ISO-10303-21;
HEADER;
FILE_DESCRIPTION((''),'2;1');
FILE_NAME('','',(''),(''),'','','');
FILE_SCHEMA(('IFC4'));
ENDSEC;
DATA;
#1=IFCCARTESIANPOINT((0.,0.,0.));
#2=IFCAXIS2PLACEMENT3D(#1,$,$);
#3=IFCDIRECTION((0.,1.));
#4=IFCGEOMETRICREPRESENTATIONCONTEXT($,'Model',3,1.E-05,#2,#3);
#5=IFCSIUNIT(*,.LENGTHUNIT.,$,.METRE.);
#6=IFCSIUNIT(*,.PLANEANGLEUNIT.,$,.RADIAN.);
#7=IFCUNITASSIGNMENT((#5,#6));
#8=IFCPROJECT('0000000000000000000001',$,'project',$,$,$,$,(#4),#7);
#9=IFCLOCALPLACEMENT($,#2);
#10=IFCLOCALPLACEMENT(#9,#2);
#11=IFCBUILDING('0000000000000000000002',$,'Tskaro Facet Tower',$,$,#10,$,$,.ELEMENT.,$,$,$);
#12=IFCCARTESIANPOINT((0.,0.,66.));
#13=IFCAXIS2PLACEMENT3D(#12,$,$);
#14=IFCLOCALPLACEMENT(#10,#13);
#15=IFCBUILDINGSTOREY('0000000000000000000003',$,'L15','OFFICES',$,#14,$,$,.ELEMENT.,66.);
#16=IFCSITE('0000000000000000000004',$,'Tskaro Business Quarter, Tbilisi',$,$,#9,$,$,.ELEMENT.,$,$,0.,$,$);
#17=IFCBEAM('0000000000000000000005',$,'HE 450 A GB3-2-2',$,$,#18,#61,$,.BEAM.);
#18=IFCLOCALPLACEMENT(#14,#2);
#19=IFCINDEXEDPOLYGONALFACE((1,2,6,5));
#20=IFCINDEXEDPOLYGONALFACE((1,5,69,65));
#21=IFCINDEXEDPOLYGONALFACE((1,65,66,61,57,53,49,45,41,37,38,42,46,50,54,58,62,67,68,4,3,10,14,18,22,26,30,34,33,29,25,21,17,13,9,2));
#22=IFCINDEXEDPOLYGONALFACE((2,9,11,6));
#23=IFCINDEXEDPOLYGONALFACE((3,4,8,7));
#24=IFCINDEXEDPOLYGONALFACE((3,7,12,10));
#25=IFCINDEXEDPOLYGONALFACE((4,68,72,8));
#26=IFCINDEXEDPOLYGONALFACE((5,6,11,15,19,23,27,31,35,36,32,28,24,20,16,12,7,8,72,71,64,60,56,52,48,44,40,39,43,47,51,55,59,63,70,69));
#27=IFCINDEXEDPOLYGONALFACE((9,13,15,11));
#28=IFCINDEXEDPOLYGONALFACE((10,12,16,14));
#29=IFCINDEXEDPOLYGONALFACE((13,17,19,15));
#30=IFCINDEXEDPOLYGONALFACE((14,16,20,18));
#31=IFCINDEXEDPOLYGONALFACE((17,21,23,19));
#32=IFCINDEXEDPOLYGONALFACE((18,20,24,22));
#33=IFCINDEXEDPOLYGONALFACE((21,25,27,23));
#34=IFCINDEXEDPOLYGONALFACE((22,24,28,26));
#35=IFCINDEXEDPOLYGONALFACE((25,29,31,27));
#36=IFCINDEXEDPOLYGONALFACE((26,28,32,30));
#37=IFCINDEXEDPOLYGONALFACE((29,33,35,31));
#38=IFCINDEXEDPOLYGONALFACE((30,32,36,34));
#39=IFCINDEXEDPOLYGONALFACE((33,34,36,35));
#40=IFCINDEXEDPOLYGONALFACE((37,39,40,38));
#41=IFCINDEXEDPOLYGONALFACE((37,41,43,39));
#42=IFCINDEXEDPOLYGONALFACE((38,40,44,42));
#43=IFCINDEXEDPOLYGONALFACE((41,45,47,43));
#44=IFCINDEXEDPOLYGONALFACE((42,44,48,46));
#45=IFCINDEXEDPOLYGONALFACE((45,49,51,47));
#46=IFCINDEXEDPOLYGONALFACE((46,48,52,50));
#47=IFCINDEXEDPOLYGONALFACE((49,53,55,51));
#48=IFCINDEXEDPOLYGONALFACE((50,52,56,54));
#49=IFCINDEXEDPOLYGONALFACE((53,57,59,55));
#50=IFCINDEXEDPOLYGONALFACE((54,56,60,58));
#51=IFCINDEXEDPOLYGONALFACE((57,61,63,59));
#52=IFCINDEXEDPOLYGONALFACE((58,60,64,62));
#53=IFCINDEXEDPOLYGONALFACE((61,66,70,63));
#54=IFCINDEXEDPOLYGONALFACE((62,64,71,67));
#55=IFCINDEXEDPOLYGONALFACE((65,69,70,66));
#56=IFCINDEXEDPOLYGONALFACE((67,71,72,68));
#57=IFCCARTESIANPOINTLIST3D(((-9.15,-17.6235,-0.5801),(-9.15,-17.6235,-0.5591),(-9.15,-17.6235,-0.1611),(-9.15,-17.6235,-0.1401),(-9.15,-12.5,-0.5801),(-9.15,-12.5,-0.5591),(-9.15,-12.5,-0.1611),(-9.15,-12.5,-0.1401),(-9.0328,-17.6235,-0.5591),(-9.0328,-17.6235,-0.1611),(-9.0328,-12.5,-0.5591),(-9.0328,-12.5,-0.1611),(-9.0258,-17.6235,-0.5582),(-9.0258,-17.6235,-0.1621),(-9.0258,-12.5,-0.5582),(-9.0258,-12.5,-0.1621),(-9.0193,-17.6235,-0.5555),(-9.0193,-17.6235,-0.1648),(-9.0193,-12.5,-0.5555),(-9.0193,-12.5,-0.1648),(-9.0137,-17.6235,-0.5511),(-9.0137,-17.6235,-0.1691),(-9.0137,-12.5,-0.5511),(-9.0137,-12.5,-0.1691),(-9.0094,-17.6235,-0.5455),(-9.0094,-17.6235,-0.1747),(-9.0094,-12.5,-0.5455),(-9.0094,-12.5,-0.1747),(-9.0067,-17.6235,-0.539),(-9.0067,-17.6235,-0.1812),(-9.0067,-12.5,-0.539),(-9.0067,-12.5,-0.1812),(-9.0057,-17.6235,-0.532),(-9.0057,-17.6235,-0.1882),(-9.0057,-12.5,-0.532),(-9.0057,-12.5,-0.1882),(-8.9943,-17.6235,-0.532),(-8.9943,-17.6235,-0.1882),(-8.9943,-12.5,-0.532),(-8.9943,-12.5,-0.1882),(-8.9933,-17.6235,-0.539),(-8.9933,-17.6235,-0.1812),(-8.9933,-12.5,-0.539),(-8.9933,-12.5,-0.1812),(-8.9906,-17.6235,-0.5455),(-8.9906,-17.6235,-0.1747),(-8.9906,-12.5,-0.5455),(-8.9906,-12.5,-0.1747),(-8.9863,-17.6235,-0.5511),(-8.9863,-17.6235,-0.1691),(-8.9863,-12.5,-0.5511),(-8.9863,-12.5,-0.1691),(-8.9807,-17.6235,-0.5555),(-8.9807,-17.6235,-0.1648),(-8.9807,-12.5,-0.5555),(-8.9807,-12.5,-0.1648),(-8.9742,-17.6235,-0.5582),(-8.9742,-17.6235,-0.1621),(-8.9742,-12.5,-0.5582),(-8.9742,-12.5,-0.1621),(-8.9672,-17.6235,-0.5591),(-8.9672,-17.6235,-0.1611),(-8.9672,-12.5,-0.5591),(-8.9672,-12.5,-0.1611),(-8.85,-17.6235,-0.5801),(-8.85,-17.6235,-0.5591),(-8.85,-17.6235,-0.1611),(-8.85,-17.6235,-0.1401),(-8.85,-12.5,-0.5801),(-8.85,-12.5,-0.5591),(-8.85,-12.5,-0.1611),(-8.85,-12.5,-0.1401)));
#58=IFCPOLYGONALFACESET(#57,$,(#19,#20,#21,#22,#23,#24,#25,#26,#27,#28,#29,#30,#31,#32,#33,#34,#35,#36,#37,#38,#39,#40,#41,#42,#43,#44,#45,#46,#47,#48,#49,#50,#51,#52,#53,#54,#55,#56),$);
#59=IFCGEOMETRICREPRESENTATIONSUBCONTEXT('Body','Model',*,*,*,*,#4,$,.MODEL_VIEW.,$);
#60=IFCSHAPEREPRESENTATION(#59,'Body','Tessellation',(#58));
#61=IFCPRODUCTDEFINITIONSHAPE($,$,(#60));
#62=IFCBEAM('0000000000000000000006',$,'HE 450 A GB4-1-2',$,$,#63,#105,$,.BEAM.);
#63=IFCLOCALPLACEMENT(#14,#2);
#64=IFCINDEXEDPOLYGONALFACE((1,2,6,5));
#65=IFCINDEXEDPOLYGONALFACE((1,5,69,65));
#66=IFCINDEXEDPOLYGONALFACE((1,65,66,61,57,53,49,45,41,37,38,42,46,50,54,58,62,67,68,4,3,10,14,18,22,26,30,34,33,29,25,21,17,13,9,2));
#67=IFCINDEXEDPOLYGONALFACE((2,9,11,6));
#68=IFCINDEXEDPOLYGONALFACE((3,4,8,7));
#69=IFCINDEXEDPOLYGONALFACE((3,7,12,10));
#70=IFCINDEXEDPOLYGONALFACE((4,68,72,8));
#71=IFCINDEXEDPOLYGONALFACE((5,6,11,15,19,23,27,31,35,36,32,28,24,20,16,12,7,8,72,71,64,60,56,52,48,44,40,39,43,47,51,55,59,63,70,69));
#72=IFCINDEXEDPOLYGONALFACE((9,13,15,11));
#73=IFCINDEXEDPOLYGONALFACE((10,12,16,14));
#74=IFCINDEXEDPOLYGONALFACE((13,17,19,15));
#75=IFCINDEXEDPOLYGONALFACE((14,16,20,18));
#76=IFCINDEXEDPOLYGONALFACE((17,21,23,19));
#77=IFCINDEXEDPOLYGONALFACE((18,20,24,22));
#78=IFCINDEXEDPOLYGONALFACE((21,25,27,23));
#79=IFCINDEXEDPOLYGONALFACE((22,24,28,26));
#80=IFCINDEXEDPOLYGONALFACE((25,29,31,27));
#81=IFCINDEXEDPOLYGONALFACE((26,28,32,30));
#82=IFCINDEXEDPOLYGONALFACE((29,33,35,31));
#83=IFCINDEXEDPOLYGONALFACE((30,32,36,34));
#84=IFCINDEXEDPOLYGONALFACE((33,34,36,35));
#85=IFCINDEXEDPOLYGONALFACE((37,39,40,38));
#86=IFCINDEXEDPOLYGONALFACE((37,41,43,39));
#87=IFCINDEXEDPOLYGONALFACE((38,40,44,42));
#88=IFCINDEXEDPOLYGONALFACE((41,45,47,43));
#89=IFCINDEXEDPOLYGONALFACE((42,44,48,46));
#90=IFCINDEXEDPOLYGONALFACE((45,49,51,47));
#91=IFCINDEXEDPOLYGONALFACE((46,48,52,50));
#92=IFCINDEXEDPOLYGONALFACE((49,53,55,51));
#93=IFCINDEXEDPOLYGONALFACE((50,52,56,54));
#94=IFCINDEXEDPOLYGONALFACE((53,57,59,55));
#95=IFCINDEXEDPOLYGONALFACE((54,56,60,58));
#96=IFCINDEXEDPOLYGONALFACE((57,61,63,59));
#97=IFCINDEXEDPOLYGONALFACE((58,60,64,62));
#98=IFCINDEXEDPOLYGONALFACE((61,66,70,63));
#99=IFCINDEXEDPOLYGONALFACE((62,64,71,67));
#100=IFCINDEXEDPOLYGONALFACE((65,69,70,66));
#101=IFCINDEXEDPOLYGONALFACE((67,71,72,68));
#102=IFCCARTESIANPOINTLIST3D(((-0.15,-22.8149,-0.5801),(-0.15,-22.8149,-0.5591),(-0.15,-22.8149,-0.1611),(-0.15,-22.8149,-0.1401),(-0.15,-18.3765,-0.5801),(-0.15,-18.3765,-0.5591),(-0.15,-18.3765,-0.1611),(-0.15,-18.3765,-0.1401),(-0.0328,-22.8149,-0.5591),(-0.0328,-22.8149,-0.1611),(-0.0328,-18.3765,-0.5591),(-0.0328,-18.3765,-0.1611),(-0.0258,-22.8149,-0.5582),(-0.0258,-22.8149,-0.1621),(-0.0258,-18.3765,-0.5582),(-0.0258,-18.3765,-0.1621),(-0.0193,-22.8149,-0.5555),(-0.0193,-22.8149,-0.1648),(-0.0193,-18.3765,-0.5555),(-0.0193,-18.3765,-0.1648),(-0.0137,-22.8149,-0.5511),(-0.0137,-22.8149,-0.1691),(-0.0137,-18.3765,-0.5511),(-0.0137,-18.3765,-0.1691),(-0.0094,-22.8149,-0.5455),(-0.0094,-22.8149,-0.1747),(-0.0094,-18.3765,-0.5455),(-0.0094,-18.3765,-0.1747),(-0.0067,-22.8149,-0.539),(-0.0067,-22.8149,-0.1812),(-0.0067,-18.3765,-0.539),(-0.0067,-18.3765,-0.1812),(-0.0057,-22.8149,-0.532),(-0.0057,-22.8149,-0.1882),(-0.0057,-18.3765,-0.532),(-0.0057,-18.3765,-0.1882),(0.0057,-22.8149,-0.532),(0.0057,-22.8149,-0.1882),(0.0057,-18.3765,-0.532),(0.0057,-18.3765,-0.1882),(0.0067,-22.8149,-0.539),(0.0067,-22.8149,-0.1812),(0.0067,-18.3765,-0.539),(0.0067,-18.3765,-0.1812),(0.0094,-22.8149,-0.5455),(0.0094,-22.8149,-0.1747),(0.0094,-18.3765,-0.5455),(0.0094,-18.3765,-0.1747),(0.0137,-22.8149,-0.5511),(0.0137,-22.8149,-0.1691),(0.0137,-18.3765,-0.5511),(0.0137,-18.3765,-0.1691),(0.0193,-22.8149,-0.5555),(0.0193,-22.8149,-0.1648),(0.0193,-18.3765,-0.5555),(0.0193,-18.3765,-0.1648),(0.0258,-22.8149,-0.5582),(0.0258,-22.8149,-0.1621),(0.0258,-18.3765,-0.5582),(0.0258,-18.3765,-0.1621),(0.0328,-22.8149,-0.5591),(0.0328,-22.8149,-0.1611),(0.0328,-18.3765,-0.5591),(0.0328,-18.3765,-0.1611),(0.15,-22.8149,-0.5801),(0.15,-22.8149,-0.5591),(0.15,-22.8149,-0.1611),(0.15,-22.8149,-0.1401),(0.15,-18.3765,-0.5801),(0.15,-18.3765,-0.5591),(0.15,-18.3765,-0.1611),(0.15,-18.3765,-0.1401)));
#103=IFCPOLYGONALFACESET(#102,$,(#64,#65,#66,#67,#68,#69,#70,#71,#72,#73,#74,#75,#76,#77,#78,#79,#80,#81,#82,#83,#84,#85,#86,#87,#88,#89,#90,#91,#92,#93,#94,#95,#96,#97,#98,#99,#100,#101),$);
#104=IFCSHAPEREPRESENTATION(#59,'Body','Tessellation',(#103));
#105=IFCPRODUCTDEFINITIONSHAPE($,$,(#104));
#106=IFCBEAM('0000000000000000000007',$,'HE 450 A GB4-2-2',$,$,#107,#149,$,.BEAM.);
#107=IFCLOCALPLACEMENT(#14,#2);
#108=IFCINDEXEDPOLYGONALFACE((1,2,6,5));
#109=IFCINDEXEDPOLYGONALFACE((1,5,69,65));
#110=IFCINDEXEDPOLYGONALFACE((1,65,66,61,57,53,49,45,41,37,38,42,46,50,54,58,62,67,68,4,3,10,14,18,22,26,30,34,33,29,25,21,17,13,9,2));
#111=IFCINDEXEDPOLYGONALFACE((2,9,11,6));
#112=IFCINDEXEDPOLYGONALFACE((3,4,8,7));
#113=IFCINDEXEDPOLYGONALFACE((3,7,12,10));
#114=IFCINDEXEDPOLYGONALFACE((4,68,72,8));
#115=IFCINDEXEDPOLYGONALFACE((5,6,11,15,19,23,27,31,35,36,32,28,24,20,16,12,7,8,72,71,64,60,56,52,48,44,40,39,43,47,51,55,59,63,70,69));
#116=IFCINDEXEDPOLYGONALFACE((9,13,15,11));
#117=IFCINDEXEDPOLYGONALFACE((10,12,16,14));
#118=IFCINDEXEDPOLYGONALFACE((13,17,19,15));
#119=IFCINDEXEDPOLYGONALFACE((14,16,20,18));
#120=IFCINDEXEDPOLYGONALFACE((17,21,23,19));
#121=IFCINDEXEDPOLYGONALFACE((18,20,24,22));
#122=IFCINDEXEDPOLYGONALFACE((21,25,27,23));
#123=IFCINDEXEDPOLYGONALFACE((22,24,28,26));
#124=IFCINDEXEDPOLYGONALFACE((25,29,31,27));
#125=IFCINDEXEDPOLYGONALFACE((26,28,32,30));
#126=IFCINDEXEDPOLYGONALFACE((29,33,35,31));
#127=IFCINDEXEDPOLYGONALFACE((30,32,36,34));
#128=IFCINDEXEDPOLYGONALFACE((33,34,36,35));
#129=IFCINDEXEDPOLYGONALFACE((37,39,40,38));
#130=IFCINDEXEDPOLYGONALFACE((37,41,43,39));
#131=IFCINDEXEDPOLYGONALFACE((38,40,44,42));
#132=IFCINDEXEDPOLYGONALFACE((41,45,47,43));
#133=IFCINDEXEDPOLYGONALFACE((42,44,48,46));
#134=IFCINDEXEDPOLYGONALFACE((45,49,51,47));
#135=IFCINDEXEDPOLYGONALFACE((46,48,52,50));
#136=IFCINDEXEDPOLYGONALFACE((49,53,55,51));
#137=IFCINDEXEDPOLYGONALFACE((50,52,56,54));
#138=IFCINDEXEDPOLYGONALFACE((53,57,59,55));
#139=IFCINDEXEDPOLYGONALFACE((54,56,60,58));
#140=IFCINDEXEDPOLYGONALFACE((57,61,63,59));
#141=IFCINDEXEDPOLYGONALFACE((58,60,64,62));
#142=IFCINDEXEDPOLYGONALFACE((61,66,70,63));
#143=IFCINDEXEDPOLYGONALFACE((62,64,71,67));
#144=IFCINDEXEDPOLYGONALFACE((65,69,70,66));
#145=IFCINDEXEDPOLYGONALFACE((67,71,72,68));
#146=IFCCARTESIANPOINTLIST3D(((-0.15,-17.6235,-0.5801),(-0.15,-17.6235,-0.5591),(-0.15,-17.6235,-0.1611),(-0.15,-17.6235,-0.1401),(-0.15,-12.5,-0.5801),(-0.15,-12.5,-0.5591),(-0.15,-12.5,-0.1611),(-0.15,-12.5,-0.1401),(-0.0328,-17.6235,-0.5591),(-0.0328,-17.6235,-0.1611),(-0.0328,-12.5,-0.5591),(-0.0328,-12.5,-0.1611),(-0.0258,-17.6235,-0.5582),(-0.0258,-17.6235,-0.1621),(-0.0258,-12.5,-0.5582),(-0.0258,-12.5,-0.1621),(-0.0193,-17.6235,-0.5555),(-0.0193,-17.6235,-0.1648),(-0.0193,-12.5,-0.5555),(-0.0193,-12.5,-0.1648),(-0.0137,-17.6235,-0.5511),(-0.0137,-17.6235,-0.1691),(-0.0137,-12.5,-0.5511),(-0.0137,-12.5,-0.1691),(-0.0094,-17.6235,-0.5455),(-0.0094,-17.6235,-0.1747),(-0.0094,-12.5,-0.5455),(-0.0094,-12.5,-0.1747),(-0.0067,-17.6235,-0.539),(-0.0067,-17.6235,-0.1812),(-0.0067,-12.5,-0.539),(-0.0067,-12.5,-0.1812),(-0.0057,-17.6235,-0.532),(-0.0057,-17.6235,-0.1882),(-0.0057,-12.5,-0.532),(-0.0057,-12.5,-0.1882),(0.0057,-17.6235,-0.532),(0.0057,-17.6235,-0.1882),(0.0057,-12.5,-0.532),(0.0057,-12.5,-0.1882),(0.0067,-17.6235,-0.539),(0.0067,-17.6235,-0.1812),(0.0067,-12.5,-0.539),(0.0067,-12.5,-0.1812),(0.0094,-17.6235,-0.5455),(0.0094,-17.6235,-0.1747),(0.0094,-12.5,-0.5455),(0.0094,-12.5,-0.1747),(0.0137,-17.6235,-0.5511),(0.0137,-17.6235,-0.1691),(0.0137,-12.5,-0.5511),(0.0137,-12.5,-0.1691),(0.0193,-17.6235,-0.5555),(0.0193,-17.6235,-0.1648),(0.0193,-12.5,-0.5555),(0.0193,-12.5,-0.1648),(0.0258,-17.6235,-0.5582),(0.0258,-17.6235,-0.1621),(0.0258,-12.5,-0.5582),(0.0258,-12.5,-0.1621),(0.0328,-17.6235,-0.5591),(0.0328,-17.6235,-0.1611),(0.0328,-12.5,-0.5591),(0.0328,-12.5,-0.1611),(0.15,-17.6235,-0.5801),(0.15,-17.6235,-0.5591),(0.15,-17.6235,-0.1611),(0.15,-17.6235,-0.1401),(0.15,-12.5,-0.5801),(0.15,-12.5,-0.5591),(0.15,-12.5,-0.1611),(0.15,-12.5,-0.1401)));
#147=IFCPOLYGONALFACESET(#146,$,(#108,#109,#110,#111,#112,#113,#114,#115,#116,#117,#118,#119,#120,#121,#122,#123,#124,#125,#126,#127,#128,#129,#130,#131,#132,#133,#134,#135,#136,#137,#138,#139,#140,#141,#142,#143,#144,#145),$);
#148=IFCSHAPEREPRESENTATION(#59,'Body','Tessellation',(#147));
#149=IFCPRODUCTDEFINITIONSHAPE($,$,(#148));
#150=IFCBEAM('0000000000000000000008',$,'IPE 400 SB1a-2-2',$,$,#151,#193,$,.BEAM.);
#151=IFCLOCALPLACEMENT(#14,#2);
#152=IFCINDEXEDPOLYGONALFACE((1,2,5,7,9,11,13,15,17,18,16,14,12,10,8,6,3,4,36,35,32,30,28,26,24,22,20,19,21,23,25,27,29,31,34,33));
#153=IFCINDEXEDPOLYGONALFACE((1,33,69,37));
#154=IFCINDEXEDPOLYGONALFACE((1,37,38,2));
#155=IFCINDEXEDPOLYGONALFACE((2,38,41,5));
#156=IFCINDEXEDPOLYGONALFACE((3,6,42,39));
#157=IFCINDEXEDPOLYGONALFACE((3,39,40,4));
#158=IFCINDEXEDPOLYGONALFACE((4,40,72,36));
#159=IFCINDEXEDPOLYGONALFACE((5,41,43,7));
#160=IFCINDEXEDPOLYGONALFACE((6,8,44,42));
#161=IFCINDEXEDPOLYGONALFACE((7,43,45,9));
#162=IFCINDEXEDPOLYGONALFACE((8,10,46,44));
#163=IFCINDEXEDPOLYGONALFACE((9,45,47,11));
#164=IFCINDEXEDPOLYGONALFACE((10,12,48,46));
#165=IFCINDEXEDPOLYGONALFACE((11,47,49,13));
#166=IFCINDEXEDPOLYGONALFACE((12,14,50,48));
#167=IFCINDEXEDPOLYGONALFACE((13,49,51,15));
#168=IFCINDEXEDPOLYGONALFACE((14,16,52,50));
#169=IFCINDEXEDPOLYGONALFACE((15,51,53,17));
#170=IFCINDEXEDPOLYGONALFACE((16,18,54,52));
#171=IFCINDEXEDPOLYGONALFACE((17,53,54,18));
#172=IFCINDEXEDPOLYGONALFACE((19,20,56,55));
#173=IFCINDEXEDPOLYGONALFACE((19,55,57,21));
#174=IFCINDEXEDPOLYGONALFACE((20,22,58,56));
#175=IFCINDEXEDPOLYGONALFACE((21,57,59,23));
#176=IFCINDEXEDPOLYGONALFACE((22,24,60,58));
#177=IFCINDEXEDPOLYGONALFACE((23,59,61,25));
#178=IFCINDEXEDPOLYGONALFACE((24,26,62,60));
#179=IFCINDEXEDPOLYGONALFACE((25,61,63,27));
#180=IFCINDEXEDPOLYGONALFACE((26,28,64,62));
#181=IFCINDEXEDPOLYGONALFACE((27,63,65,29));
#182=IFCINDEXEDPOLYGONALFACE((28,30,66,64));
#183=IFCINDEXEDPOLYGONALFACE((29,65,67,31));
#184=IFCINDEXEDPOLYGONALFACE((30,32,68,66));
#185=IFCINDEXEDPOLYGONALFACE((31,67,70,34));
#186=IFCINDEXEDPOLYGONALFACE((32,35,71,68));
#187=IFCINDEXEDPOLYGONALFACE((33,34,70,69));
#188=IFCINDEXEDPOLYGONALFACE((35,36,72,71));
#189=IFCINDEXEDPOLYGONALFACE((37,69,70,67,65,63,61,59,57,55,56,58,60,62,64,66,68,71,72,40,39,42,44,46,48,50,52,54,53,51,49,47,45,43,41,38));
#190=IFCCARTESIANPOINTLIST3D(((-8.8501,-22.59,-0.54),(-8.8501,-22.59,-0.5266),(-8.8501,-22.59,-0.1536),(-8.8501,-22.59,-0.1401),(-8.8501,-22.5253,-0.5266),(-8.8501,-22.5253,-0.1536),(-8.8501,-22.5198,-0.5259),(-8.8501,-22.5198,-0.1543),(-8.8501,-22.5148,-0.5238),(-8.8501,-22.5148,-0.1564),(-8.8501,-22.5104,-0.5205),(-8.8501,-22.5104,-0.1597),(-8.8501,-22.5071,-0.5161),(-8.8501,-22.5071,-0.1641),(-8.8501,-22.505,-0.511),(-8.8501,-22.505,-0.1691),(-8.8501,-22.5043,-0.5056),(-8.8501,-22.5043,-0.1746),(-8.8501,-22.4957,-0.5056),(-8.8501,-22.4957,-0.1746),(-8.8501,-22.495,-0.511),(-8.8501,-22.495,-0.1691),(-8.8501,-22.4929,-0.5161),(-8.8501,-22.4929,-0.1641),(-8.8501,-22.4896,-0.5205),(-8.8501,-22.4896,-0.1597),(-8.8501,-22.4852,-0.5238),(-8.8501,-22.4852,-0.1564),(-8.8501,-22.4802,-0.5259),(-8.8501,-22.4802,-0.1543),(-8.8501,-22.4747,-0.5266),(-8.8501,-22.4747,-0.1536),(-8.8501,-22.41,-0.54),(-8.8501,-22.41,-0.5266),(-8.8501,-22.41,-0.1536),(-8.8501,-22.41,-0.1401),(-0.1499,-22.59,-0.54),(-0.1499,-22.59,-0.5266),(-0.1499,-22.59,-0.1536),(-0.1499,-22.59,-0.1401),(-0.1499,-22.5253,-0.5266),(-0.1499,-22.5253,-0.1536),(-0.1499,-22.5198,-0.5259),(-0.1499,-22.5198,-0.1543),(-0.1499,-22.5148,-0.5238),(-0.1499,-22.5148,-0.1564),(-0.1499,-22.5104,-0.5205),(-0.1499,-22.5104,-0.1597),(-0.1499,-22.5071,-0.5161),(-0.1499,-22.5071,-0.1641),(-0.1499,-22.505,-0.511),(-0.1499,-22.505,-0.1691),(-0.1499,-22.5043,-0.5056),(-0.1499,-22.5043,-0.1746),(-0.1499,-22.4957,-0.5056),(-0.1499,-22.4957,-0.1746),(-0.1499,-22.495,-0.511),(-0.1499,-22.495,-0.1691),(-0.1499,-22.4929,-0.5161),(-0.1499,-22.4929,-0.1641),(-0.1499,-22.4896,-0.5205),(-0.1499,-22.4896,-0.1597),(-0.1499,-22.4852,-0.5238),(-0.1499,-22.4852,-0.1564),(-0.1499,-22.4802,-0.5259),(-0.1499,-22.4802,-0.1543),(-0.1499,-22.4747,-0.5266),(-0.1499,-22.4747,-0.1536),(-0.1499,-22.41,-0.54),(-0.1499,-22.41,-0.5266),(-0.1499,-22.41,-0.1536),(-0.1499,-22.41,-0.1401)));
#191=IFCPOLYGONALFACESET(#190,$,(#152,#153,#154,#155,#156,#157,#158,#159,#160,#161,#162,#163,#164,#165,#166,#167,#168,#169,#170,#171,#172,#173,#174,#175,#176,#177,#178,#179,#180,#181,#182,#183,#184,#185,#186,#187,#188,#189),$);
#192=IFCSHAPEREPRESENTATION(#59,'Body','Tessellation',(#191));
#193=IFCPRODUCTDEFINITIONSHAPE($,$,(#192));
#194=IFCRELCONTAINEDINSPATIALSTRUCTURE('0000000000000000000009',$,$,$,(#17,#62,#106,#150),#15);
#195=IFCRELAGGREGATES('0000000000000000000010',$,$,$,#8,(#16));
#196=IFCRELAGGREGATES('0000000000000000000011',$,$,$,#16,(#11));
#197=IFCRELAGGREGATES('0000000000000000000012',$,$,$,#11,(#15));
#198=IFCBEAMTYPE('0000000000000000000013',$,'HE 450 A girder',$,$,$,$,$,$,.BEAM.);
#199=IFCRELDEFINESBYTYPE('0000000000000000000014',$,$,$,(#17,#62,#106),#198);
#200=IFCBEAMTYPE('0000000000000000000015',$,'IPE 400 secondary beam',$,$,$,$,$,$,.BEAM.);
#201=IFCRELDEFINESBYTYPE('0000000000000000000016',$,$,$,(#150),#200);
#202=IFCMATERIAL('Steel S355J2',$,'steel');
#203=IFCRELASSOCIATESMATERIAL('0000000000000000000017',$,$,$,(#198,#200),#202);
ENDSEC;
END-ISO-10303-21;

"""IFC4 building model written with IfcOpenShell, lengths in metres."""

from ifc_helpers import new_model, si_unit, direction, frame, origin, origin_2d, place, context, subcontext, project, spatial, i_section, extrude, material, material_profile, profile_set, type_object, element, save


model = new_model("IFC4")

# Units and contexts
model_context = context("Model", 3, precision=1e-05, world=origin(), true_north=direction((0.0, 1.0)))
body_context = subcontext(model_context, "Body", "Model", "MODEL_VIEW")
ifc_project = project(units=[si_unit("LENGTHUNIT", "METRE"), si_unit("PLANEANGLEUNIT", "RADIAN")], contexts=[model_context])

# Site, building, storey
site_placement = place(None, origin())
site = spatial("IfcSite", under=ifc_project, at=site_placement, Name="Tskaro Business Quarter, Tbilisi", CompositionType="ELEMENT", RefElevation=0.0)
building_placement = place(site_placement, origin())
building = spatial("IfcBuilding", under=site, at=building_placement, Name="Tskaro Facet Tower", CompositionType="ELEMENT")
storey_placement = place(building_placement, frame((0.0, 0.0, 66.0)))
storey = spatial("IfcBuildingStorey", under=building, at=storey_placement, Name="L15", Description="OFFICES", CompositionType="ELEMENT", Elevation=66.0)

# Beams
ifc_material_1 = material(Name="Steel S355J2", Category="steel")
ifc_material_profile_1 = material_profile(ifc_material_1, i_section(OverallWidth=0.3, OverallDepth=0.4399, WebThickness=0.0115, FlangeThickness=0.021, FilletRadius=0.0271, at=origin_2d()), Name="HE 450 A")
ifc_profile_set_1 = profile_set([ifc_material_profile_1], Name="Steel S355J2")
beam_type_1 = type_object("IfcBeamType", Name="HE 450 A girder", PredefinedType="BEAM", material=ifc_profile_set_1)
beam_1_placement = place(storey_placement, frame((-9.0, -17.6235, -0.3601), z_axis=(0.0, 1.0, 0.0), x_axis=(-1.0, 0.0, 0.0)))
element("IfcBeam", 1, at=beam_1_placement, inside=storey, type_object=beam_type_1, Name="HE 450 A GB3-2-2", PredefinedType="BEAM", context=body_context, shape_type="SweptSolid", body=[
    extrude(i_section(OverallWidth=0.3, OverallDepth=0.4399, WebThickness=0.0115, FlangeThickness=0.021, FilletRadius=0.0271, at=origin_2d()), origin(), (0.0, 0.0, 1.0), 5.1235),
])
beam_2_placement = place(storey_placement, frame((0.0, -22.8149, -0.3601), z_axis=(0.0, 1.0, 0.0), x_axis=(-1.0, 0.0, 0.0)))
element("IfcBeam", 2, at=beam_2_placement, inside=storey, type_object=beam_type_1, Name="HE 450 A GB4-1-2", PredefinedType="BEAM", context=body_context, shape_type="SweptSolid", body=[
    extrude(i_section(OverallWidth=0.3, OverallDepth=0.4399, WebThickness=0.0115, FlangeThickness=0.021, FilletRadius=0.0271, at=origin_2d()), origin(), (0.0, 0.0, 1.0), 4.4385),
])
beam_3_placement = place(storey_placement, frame((0.0, -17.6235, -0.3601), z_axis=(0.0, 1.0, 0.0), x_axis=(-1.0, 0.0, 0.0)))
element("IfcBeam", 3, at=beam_3_placement, inside=storey, type_object=beam_type_1, Name="HE 450 A GB4-2-2", PredefinedType="BEAM", context=body_context, shape_type="SweptSolid", body=[
    extrude(i_section(OverallWidth=0.3, OverallDepth=0.4399, WebThickness=0.0115, FlangeThickness=0.021, FilletRadius=0.0271, at=origin_2d()), origin(), (0.0, 0.0, 1.0), 5.1235),
])
ifc_material_profile_2 = material_profile(ifc_material_1, i_section(OverallWidth=0.1799, OverallDepth=0.3999, WebThickness=0.0085, FlangeThickness=0.0134, FilletRadius=0.021, at=origin_2d()), Name="IPE 400")
ifc_profile_set_2 = profile_set([ifc_material_profile_2], Name="Steel S355J2")
beam_type_2 = type_object("IfcBeamType", Name="IPE 400 secondary beam", PredefinedType="BEAM", material=ifc_profile_set_2)
beam_4_placement = place(storey_placement, frame((-8.8501, -22.5, -0.3401), z_axis=(1.0, 0.0, 0.0), x_axis=(0.0, 1.0, 0.0)))
element("IfcBeam", 4, at=beam_4_placement, inside=storey, type_object=beam_type_2, Name="IPE 400 SB1a-2-2", PredefinedType="BEAM", context=body_context, shape_type="SweptSolid", body=[
    extrude(i_section(OverallWidth=0.1799, OverallDepth=0.3999, WebThickness=0.0085, FlangeThickness=0.0134, FilletRadius=0.021, at=origin_2d()), origin(), (0.0, 0.0, 1.0), 8.7002),
])

save(model, "model.ifc")
